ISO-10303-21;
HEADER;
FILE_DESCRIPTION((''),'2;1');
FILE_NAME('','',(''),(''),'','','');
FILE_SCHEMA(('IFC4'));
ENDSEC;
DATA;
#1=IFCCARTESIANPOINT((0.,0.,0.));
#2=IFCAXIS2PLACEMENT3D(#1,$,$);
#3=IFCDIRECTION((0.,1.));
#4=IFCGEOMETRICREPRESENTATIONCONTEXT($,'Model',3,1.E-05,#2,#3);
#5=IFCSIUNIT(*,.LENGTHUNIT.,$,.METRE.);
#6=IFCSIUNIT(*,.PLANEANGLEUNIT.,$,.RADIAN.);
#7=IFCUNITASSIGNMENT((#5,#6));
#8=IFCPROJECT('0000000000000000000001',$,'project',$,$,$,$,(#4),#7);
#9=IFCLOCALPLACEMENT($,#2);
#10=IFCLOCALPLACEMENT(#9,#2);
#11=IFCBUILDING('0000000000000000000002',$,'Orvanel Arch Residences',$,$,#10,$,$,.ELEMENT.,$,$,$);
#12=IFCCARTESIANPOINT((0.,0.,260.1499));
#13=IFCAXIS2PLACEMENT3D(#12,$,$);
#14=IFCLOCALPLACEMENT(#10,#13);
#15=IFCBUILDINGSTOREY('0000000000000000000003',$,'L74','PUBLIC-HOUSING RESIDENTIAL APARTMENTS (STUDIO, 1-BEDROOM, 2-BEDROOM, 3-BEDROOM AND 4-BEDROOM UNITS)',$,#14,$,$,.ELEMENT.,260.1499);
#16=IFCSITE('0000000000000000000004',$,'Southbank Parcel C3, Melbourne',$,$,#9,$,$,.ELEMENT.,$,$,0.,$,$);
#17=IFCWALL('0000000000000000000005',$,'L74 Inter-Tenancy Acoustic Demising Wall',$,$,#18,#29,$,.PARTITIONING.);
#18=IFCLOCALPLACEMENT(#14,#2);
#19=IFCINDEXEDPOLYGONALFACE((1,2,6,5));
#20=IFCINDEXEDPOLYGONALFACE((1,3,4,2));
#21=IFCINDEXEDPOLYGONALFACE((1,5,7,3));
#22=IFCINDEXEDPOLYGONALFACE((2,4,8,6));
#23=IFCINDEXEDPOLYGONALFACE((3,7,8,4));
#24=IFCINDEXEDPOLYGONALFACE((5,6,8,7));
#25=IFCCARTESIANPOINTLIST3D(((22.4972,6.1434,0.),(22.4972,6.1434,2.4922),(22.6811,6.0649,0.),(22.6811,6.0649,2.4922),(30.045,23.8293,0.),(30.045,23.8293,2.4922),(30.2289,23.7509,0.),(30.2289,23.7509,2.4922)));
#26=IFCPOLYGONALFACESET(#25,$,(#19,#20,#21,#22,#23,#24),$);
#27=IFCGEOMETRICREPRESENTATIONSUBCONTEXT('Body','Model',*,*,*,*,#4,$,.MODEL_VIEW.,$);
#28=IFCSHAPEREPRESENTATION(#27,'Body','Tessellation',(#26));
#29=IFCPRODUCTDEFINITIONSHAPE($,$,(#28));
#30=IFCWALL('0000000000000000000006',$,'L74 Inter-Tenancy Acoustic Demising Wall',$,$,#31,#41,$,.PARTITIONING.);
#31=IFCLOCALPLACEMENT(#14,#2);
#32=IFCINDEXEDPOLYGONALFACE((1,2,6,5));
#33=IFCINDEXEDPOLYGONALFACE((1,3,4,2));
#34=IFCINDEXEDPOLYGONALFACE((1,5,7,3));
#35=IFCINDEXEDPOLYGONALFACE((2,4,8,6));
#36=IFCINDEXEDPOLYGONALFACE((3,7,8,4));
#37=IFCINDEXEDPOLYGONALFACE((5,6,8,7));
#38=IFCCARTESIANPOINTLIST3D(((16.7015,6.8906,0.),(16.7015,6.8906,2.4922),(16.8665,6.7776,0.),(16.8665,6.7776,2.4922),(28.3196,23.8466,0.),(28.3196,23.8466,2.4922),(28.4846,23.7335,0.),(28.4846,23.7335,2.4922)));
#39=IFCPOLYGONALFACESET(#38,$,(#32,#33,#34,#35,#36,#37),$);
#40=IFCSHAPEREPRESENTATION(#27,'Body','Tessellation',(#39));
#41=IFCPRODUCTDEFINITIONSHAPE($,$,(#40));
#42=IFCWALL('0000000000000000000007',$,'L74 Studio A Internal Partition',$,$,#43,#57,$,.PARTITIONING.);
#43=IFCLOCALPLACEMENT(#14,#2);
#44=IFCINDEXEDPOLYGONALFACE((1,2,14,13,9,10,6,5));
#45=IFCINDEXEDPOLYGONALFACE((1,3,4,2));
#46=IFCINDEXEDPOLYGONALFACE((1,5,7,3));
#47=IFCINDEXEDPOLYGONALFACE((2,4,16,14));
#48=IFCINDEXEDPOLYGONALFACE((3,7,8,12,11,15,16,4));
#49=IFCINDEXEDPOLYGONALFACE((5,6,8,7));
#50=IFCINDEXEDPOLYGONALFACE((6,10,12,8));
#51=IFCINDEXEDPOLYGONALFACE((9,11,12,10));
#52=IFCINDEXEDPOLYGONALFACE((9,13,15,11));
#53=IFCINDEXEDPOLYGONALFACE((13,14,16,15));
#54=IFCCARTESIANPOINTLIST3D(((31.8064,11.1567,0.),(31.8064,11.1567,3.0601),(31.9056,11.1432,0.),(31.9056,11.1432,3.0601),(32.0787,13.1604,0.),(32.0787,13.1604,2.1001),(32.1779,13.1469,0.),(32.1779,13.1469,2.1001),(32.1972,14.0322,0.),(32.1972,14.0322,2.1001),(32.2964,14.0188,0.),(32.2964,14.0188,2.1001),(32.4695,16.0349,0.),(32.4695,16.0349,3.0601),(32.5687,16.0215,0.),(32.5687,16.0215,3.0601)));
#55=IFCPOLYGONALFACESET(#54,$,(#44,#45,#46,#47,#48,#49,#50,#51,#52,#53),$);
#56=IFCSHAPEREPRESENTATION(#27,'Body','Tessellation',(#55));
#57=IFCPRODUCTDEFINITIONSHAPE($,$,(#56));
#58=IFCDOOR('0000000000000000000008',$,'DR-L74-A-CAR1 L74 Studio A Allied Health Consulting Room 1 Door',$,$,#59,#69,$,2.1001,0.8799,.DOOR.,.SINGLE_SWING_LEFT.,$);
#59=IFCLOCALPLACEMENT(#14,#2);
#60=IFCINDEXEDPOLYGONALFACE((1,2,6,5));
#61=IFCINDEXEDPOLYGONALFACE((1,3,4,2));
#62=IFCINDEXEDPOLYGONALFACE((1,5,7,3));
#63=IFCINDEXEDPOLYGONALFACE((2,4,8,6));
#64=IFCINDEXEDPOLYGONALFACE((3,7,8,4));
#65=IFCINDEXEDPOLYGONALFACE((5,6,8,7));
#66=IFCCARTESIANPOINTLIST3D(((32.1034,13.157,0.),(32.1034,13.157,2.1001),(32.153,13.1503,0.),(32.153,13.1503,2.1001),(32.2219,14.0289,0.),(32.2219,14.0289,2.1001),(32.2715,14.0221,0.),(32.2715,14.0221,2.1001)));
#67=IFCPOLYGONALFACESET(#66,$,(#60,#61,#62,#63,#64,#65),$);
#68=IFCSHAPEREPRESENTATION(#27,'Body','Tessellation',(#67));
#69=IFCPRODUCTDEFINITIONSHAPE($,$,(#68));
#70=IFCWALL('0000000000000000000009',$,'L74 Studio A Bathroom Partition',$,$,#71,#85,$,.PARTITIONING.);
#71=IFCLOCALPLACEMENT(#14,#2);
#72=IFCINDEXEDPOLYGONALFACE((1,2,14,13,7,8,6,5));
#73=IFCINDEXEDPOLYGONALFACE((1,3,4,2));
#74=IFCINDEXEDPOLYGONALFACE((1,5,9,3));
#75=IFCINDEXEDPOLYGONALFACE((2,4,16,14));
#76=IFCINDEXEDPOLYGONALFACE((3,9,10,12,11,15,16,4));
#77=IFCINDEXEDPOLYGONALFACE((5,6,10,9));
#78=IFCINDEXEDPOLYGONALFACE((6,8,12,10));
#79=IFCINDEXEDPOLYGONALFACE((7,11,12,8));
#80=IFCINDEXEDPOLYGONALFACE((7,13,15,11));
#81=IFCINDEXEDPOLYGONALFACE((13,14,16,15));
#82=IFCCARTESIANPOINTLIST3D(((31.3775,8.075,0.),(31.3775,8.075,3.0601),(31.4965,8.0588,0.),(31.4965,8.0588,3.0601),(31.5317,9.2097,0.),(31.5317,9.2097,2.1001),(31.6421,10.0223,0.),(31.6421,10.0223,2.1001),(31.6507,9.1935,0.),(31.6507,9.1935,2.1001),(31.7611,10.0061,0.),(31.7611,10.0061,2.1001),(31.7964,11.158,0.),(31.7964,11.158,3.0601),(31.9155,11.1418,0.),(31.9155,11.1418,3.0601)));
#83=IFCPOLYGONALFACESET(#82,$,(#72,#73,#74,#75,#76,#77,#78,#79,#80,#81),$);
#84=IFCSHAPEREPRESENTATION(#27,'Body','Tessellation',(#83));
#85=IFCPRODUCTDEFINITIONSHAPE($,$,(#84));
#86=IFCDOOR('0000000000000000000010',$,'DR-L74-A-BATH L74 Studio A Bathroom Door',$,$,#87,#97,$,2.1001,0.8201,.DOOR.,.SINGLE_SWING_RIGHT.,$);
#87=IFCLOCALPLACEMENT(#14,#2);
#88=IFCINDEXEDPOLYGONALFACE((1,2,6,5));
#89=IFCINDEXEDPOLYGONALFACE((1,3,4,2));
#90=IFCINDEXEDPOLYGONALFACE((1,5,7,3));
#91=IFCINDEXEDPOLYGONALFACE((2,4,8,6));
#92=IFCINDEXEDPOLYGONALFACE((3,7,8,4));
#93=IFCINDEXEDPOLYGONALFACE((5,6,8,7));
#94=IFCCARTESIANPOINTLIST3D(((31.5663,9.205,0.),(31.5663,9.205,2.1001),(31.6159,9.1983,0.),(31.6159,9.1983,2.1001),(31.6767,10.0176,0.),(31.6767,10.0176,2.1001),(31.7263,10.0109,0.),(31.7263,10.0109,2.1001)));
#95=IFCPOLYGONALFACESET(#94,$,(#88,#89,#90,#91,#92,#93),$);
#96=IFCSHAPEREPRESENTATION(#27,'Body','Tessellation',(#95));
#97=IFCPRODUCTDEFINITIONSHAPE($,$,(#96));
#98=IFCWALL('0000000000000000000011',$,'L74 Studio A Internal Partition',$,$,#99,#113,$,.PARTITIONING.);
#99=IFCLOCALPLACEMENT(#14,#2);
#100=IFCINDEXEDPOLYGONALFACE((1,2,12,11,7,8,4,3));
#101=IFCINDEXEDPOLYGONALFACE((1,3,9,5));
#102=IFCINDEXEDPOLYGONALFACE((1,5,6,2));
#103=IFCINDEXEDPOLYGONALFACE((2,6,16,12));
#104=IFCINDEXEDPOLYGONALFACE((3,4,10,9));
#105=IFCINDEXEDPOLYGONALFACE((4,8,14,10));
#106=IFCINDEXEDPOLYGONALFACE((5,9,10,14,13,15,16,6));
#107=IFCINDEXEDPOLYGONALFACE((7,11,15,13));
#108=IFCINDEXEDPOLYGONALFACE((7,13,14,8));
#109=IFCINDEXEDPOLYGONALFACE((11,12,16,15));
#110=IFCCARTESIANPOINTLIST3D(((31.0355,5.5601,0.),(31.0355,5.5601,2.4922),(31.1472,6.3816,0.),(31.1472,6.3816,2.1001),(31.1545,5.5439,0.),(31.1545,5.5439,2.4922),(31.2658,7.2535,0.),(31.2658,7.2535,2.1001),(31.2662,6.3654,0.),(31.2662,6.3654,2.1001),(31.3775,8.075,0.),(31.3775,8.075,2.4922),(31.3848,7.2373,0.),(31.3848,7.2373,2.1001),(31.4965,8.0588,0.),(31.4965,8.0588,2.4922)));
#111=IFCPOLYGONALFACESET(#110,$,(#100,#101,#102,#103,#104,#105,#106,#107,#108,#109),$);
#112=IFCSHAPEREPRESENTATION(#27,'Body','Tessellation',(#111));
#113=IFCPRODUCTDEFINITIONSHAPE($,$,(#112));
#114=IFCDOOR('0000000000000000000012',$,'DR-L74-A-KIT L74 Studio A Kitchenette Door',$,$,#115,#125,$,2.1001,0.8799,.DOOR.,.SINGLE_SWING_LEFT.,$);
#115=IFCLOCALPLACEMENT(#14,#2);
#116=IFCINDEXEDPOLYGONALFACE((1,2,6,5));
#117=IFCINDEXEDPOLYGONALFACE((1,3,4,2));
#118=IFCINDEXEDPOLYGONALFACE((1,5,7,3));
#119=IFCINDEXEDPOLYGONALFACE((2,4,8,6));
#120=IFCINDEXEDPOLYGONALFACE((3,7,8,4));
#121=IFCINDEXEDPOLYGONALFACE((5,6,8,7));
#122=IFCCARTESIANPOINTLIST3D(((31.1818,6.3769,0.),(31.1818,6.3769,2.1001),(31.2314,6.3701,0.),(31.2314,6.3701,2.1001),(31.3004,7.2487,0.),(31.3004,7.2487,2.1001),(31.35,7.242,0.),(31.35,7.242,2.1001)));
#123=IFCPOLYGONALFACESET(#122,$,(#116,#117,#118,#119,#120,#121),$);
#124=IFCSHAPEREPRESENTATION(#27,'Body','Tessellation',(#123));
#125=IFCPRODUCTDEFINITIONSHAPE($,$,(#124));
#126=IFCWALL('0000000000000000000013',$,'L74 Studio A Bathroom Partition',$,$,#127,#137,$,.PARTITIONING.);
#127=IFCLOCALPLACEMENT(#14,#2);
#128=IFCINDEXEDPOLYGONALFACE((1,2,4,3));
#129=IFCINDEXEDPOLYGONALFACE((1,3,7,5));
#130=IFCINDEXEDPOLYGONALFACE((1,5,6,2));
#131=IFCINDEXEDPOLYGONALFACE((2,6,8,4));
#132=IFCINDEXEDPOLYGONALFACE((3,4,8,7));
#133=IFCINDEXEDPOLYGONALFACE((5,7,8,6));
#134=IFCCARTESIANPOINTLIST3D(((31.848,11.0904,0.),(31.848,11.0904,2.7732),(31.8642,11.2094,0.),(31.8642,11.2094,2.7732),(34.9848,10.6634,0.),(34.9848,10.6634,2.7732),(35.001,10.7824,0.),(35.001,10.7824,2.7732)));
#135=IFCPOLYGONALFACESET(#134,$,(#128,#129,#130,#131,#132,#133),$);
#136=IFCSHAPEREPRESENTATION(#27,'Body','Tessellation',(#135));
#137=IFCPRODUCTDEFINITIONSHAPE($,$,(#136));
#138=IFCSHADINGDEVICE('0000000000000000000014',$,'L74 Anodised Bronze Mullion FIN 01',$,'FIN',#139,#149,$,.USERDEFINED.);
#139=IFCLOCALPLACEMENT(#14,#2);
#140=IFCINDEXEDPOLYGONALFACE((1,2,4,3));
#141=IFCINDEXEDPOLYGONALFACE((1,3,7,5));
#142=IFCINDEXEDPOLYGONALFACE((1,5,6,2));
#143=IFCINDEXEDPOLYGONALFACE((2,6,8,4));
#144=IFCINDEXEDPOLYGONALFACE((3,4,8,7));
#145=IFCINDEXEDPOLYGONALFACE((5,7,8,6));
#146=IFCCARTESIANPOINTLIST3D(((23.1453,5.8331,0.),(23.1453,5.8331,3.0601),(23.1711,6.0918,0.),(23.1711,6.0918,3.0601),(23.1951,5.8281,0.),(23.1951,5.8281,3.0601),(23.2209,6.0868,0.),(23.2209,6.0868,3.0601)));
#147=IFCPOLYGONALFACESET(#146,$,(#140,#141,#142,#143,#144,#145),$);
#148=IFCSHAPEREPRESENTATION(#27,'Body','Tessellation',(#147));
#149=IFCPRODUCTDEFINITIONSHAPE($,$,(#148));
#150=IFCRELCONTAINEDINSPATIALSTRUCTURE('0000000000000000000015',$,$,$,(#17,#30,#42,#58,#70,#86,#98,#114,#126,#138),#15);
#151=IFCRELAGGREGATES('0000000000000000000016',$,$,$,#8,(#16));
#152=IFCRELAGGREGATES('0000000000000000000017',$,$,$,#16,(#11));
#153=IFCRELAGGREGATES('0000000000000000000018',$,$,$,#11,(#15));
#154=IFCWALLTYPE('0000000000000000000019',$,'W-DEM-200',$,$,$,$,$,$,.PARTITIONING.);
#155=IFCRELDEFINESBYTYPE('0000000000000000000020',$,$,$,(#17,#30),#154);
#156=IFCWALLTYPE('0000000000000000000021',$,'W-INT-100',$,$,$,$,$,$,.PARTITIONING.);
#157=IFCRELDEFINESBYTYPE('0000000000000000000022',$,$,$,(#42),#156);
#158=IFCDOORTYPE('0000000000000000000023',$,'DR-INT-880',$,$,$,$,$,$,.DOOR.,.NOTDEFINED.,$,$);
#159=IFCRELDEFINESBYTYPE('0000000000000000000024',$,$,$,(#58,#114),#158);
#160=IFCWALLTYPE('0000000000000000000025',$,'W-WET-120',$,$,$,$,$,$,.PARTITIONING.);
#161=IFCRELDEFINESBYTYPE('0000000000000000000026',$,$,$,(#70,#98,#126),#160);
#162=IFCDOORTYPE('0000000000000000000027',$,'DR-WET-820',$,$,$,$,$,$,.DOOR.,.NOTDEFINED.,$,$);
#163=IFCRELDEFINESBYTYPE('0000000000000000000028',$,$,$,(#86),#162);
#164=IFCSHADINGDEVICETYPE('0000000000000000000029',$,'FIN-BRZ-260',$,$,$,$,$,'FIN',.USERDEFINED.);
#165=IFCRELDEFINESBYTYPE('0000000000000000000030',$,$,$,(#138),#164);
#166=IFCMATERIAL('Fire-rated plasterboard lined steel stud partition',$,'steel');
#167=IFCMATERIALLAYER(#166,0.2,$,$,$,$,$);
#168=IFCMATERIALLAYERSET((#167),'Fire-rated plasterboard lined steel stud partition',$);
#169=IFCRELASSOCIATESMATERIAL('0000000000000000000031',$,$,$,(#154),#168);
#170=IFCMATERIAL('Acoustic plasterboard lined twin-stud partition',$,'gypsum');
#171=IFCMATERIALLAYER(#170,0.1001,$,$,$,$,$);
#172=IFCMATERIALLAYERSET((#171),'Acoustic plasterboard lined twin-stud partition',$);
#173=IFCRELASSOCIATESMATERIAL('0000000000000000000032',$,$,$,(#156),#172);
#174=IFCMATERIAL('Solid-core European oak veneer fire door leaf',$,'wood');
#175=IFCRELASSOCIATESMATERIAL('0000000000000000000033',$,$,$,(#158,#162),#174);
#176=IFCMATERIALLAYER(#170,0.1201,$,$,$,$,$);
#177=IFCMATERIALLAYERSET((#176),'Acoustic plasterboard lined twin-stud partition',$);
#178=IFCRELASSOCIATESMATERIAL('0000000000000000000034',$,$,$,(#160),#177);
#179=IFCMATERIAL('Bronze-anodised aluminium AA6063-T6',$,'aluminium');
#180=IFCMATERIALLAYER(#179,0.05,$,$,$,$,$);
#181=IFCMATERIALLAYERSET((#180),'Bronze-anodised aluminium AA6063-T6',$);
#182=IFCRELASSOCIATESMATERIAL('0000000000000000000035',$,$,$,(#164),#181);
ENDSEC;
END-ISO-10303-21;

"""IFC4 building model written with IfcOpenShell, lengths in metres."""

from ifc_helpers import new_model, si_unit, direction, frame, frame_2d, origin, origin_2d, place, context, subcontext, project, spatial, rectangle, extrude, material, layer, layer_set, type_object, element, fill, save


model = new_model("IFC4")

# Units and contexts
model_context = context("Model", 3, precision=1e-05, world=origin(), true_north=direction((0.0, 1.0)))
body_context = subcontext(model_context, "Body", "Model", "MODEL_VIEW")
ifc_project = project(units=[si_unit("LENGTHUNIT", "METRE"), si_unit("PLANEANGLEUNIT", "RADIAN")], contexts=[model_context])

# Site, building, storey
site_placement = place(None, origin())
site = spatial("IfcSite", under=ifc_project, at=site_placement, Name="Southbank Parcel C3, Melbourne", CompositionType="ELEMENT", RefElevation=0.0)
building_placement = place(site_placement, origin())
building = spatial("IfcBuilding", under=site, at=building_placement, Name="Orvanel Arch Residences", CompositionType="ELEMENT")
storey_placement = place(building_placement, frame((0.0, 0.0, 260.1499)))
storey = spatial("IfcBuildingStorey", under=building, at=storey_placement, Name="L74", Description="PUBLIC-HOUSING RESIDENTIAL APARTMENTS (STUDIO, 1-BEDROOM, 2-BEDROOM, 3-BEDROOM AND 4-BEDROOM UNITS)", CompositionType="ELEMENT", Elevation=260.1499)

# Shared definitions
ifc_material_1 = material(Name="Bronze-anodised aluminium AA6063-T6", Category="aluminium")

# Walls
ifc_material_2 = material(Name="Fire-rated plasterboard lined steel stud partition", Category="steel")
ifc_layer_1 = layer(ifc_material_2, 0.2)
ifc_layer_set_1 = layer_set([ifc_layer_1], Name="Fire-rated plasterboard lined steel stud partition")
wall_type_1 = type_object("IfcWallType", Name="W-DEM-200", PredefinedType="PARTITIONING", material=ifc_layer_set_1)
wall_1_placement = place(storey_placement, frame((22.5891, 6.104, 0.0), z_axis=(0.0, 0.0, 1.0), x_axis=(0.392518, 0.919744, 0.0)))
element("IfcWall", 1, at=wall_1_placement, inside=storey, type_object=wall_type_1, Name="L74 Inter-Tenancy Acoustic Demising Wall", PredefinedType="PARTITIONING", context=body_context, shape_type="SweptSolid", body=[
    extrude(rectangle(XDim=19.2292, YDim=0.2, at=frame_2d((9.6147, 0.0))), origin(), (0.0, 0.0, 1.0), 2.4922),
])
wall_2_placement = place(storey_placement, frame((16.7839, 6.834, 0.0), z_axis=(0.0, 0.0, 1.0), x_axis=(0.565236, 0.82493, 0.0)))
element("IfcWall", 2, at=wall_2_placement, inside=storey, type_object=wall_type_1, Name="L74 Inter-Tenancy Acoustic Demising Wall", PredefinedType="PARTITIONING", context=body_context, shape_type="SweptSolid", body=[
    extrude(rectangle(XDim=20.5544, YDim=0.2, at=frame_2d((10.2773, 0.0))), origin(), (0.0, 0.0, 1.0), 2.4922),
])

# Walls, openings, doors
ifc_material_3 = material(Name="Acoustic plasterboard lined twin-stud partition", Category="gypsum")
ifc_layer_2 = layer(ifc_material_3, 0.1001)
ifc_layer_set_2 = layer_set([ifc_layer_2], Name="Acoustic plasterboard lined twin-stud partition")
wall_type_2 = type_object("IfcWallType", Name="W-INT-100", PredefinedType="PARTITIONING", material=ifc_layer_set_2)
wall_3_placement = place(storey_placement, frame((32.519, 16.0281, 0.0), z_axis=(0.0, 0.0, 1.0), x_axis=(-0.134691, -0.990888, 0.0)))
wall_3 = element("IfcWall", 3, at=wall_3_placement, inside=storey, type_object=wall_type_2, Name="L74 Studio A Internal Partition", PredefinedType="PARTITIONING", context=body_context, shape_type="SweptSolid", body=[
    extrude(rectangle(XDim=4.9231, YDim=0.1001, at=frame_2d((2.4614, 0.0))), origin(), (0.0, 0.0, 1.0), 3.0601),
])
opening_1_placement = place(wall_3_placement, frame((2.021, 0.0, 0.0)))
opening_1 = element("IfcOpeningElement", 4, at=opening_1_placement, cuts=wall_3, PredefinedType="OPENING", context=body_context, shape_type="SweptSolid", body=[
    extrude(rectangle(XDim=0.8799, YDim=2.1001, at=frame_2d((0.4399, 1.05))), frame((0.0, 0.0601, 0.0), z_axis=(0.0, -1.0, 0.0), x_axis=(1.0, 0.0, 0.0)), (0.0, 0.0, 1.0), 0.1201),
])
ifc_material_4 = material(Name="Solid-core European oak veneer fire door leaf", Category="wood")
door_type_1 = type_object("IfcDoorType", Name="DR-INT-880", OperationType="NOTDEFINED", PredefinedType="DOOR", material=ifc_material_4)
door_1_placement = place(opening_1_placement, origin())
door_1 = element("IfcDoor", 5, at=door_1_placement, inside=storey, type_object=door_type_1, Name="DR-L74-A-CAR1 L74 Studio A Allied Health Consulting Room 1 Door", OperationType="SINGLE_SWING_LEFT", OverallHeight=2.1001, OverallWidth=0.8799, PredefinedType="DOOR", context=body_context, shape_type="SweptSolid", body=[
    extrude(rectangle(XDim=0.8799, YDim=2.1001, at=frame_2d((0.4399, 1.05))), frame((0.0, 0.0249, 0.0), z_axis=(0.0, -1.0, 0.0), x_axis=(1.0, 0.0, 0.0)), (0.0, 0.0, 1.0), 0.05),
])
fill(opening_1, door_1)
ifc_layer_3 = layer(ifc_material_3, 0.1201)
ifc_layer_set_3 = layer_set([ifc_layer_3], Name="Acoustic plasterboard lined twin-stud partition")
wall_type_3 = type_object("IfcWallType", Name="W-WET-120", PredefinedType="PARTITIONING", material=ifc_layer_set_3)
wall_4_placement = place(storey_placement, frame((31.856, 11.1499, 0.0), z_axis=(0.0, 0.0, 1.0), x_axis=(-0.134651, -0.990893, 0.0)))
wall_4 = element("IfcWall", 6, at=wall_4_placement, inside=storey, type_object=wall_type_3, Name="L74 Studio A Bathroom Partition", PredefinedType="PARTITIONING", context=body_context, shape_type="SweptSolid", body=[
    extrude(rectangle(XDim=3.1113, YDim=0.1201, at=frame_2d((1.5557, 0.0))), origin(), (0.0, 0.0, 1.0), 3.0601),
])
opening_2_placement = place(wall_4_placement, frame((1.146, 0.0, 0.0)))
opening_2 = element("IfcOpeningElement", 7, at=opening_2_placement, cuts=wall_4, PredefinedType="OPENING", context=body_context, shape_type="SweptSolid", body=[
    extrude(rectangle(XDim=0.8201, YDim=2.1001, at=frame_2d((0.4102, 1.05))), frame((0.0, 0.0701, 0.0), z_axis=(0.0, -1.0, 0.0), x_axis=(1.0, 0.0, 0.0)), (0.0, 0.0, 1.0), 0.1401),
])
door_type_2 = type_object("IfcDoorType", Name="DR-WET-820", OperationType="NOTDEFINED", PredefinedType="DOOR", material=ifc_material_4)
door_2_placement = place(opening_2_placement, origin())
door_2 = element("IfcDoor", 8, at=door_2_placement, inside=storey, type_object=door_type_2, Name="DR-L74-A-BATH L74 Studio A Bathroom Door", OperationType="SINGLE_SWING_RIGHT", OverallHeight=2.1001, OverallWidth=0.8201, PredefinedType="DOOR", context=body_context, shape_type="SweptSolid", body=[
    extrude(rectangle(XDim=0.8201, YDim=2.1001, at=frame_2d((0.4102, 1.05))), frame((0.0, 0.0249, 0.0), z_axis=(0.0, -1.0, 0.0), x_axis=(1.0, 0.0, 0.0)), (0.0, 0.0, 1.0), 0.05),
])
fill(opening_2, door_2)
wall_5_placement = place(storey_placement, frame((31.437, 8.0669, 0.0), z_axis=(0.0, 0.0, 1.0), x_axis=(-0.134765, -0.990878, 0.0)))
wall_5 = element("IfcWall", 9, at=wall_5_placement, inside=storey, type_object=wall_type_3, Name="L74 Studio A Internal Partition", PredefinedType="PARTITIONING", context=body_context, shape_type="SweptSolid", body=[
    extrude(rectangle(XDim=2.5381, YDim=0.1201, at=frame_2d((1.269, 0.0))), origin(), (0.0, 0.0, 1.0), 2.4922),
])
opening_3_placement = place(wall_5_placement, frame((0.8291, 0.0, 0.0)))
opening_3 = element("IfcOpeningElement", 10, at=opening_3_placement, cuts=wall_5, PredefinedType="OPENING", context=body_context, shape_type="SweptSolid", body=[
    extrude(rectangle(XDim=0.8799, YDim=2.1001, at=frame_2d((0.4399, 1.05))), frame((0.0, 0.0701, 0.0), z_axis=(0.0, -1.0, 0.0), x_axis=(1.0, 0.0, 0.0)), (0.0, 0.0, 1.0), 0.1401),
])
door_3_placement = place(opening_3_placement, origin())
door_3 = element("IfcDoor", 11, at=door_3_placement, inside=storey, type_object=door_type_1, Name="DR-L74-A-KIT L74 Studio A Kitchenette Door", OperationType="SINGLE_SWING_LEFT", OverallHeight=2.1001, OverallWidth=0.8799, PredefinedType="DOOR", context=body_context, shape_type="SweptSolid", body=[
    extrude(rectangle(XDim=0.8799, YDim=2.1001, at=frame_2d((0.4399, 1.05))), frame((0.0, 0.0249, 0.0), z_axis=(0.0, -1.0, 0.0), x_axis=(1.0, 0.0, 0.0)), (0.0, 0.0, 1.0), 0.05),
])
fill(opening_3, door_3)

# Wall
wall_6_placement = place(storey_placement, frame((31.856, 11.1499, 0.0), z_axis=(0.0, 0.0, 1.0), x_axis=(0.990863, -0.134876, 0.0)))
element("IfcWall", 12, at=wall_6_placement, inside=storey, type_object=wall_type_3, Name="L74 Studio A Bathroom Partition", PredefinedType="PARTITIONING", context=body_context, shape_type="SweptSolid", body=[
    extrude(rectangle(XDim=3.1658, YDim=0.1201, at=frame_2d((1.583, 0.0))), origin(), (0.0, 0.0, 1.0), 2.7732),
])

# Shading device
ifc_layer_4 = layer(ifc_material_1, 0.05)
ifc_layer_set_4 = layer_set([ifc_layer_4], Name="Bronze-anodised aluminium AA6063-T6")
shading_device_type = type_object("IfcShadingDeviceType", Name="FIN-BRZ-260", ElementType="FIN", PredefinedType="USERDEFINED", material=ifc_layer_set_4)
shading_device_placement = place(storey_placement, frame((23.1831, 5.96, 0.0), z_axis=(0.0, 0.0, 1.0), x_axis=(-0.09932, -0.995056, 0.0)))
element("IfcShadingDevice", 13, at=shading_device_placement, inside=storey, type_object=shading_device_type, Name="L74 Anodised Bronze Mullion FIN 01", ObjectType="FIN", PredefinedType="USERDEFINED", context=body_context, shape_type="SweptSolid", body=[
    extrude(rectangle(XDim=0.26, YDim=0.05, at=origin_2d()), origin(), (0.0, 0.0, 1.0), 3.0601),
])

save(model, "model.ifc")
